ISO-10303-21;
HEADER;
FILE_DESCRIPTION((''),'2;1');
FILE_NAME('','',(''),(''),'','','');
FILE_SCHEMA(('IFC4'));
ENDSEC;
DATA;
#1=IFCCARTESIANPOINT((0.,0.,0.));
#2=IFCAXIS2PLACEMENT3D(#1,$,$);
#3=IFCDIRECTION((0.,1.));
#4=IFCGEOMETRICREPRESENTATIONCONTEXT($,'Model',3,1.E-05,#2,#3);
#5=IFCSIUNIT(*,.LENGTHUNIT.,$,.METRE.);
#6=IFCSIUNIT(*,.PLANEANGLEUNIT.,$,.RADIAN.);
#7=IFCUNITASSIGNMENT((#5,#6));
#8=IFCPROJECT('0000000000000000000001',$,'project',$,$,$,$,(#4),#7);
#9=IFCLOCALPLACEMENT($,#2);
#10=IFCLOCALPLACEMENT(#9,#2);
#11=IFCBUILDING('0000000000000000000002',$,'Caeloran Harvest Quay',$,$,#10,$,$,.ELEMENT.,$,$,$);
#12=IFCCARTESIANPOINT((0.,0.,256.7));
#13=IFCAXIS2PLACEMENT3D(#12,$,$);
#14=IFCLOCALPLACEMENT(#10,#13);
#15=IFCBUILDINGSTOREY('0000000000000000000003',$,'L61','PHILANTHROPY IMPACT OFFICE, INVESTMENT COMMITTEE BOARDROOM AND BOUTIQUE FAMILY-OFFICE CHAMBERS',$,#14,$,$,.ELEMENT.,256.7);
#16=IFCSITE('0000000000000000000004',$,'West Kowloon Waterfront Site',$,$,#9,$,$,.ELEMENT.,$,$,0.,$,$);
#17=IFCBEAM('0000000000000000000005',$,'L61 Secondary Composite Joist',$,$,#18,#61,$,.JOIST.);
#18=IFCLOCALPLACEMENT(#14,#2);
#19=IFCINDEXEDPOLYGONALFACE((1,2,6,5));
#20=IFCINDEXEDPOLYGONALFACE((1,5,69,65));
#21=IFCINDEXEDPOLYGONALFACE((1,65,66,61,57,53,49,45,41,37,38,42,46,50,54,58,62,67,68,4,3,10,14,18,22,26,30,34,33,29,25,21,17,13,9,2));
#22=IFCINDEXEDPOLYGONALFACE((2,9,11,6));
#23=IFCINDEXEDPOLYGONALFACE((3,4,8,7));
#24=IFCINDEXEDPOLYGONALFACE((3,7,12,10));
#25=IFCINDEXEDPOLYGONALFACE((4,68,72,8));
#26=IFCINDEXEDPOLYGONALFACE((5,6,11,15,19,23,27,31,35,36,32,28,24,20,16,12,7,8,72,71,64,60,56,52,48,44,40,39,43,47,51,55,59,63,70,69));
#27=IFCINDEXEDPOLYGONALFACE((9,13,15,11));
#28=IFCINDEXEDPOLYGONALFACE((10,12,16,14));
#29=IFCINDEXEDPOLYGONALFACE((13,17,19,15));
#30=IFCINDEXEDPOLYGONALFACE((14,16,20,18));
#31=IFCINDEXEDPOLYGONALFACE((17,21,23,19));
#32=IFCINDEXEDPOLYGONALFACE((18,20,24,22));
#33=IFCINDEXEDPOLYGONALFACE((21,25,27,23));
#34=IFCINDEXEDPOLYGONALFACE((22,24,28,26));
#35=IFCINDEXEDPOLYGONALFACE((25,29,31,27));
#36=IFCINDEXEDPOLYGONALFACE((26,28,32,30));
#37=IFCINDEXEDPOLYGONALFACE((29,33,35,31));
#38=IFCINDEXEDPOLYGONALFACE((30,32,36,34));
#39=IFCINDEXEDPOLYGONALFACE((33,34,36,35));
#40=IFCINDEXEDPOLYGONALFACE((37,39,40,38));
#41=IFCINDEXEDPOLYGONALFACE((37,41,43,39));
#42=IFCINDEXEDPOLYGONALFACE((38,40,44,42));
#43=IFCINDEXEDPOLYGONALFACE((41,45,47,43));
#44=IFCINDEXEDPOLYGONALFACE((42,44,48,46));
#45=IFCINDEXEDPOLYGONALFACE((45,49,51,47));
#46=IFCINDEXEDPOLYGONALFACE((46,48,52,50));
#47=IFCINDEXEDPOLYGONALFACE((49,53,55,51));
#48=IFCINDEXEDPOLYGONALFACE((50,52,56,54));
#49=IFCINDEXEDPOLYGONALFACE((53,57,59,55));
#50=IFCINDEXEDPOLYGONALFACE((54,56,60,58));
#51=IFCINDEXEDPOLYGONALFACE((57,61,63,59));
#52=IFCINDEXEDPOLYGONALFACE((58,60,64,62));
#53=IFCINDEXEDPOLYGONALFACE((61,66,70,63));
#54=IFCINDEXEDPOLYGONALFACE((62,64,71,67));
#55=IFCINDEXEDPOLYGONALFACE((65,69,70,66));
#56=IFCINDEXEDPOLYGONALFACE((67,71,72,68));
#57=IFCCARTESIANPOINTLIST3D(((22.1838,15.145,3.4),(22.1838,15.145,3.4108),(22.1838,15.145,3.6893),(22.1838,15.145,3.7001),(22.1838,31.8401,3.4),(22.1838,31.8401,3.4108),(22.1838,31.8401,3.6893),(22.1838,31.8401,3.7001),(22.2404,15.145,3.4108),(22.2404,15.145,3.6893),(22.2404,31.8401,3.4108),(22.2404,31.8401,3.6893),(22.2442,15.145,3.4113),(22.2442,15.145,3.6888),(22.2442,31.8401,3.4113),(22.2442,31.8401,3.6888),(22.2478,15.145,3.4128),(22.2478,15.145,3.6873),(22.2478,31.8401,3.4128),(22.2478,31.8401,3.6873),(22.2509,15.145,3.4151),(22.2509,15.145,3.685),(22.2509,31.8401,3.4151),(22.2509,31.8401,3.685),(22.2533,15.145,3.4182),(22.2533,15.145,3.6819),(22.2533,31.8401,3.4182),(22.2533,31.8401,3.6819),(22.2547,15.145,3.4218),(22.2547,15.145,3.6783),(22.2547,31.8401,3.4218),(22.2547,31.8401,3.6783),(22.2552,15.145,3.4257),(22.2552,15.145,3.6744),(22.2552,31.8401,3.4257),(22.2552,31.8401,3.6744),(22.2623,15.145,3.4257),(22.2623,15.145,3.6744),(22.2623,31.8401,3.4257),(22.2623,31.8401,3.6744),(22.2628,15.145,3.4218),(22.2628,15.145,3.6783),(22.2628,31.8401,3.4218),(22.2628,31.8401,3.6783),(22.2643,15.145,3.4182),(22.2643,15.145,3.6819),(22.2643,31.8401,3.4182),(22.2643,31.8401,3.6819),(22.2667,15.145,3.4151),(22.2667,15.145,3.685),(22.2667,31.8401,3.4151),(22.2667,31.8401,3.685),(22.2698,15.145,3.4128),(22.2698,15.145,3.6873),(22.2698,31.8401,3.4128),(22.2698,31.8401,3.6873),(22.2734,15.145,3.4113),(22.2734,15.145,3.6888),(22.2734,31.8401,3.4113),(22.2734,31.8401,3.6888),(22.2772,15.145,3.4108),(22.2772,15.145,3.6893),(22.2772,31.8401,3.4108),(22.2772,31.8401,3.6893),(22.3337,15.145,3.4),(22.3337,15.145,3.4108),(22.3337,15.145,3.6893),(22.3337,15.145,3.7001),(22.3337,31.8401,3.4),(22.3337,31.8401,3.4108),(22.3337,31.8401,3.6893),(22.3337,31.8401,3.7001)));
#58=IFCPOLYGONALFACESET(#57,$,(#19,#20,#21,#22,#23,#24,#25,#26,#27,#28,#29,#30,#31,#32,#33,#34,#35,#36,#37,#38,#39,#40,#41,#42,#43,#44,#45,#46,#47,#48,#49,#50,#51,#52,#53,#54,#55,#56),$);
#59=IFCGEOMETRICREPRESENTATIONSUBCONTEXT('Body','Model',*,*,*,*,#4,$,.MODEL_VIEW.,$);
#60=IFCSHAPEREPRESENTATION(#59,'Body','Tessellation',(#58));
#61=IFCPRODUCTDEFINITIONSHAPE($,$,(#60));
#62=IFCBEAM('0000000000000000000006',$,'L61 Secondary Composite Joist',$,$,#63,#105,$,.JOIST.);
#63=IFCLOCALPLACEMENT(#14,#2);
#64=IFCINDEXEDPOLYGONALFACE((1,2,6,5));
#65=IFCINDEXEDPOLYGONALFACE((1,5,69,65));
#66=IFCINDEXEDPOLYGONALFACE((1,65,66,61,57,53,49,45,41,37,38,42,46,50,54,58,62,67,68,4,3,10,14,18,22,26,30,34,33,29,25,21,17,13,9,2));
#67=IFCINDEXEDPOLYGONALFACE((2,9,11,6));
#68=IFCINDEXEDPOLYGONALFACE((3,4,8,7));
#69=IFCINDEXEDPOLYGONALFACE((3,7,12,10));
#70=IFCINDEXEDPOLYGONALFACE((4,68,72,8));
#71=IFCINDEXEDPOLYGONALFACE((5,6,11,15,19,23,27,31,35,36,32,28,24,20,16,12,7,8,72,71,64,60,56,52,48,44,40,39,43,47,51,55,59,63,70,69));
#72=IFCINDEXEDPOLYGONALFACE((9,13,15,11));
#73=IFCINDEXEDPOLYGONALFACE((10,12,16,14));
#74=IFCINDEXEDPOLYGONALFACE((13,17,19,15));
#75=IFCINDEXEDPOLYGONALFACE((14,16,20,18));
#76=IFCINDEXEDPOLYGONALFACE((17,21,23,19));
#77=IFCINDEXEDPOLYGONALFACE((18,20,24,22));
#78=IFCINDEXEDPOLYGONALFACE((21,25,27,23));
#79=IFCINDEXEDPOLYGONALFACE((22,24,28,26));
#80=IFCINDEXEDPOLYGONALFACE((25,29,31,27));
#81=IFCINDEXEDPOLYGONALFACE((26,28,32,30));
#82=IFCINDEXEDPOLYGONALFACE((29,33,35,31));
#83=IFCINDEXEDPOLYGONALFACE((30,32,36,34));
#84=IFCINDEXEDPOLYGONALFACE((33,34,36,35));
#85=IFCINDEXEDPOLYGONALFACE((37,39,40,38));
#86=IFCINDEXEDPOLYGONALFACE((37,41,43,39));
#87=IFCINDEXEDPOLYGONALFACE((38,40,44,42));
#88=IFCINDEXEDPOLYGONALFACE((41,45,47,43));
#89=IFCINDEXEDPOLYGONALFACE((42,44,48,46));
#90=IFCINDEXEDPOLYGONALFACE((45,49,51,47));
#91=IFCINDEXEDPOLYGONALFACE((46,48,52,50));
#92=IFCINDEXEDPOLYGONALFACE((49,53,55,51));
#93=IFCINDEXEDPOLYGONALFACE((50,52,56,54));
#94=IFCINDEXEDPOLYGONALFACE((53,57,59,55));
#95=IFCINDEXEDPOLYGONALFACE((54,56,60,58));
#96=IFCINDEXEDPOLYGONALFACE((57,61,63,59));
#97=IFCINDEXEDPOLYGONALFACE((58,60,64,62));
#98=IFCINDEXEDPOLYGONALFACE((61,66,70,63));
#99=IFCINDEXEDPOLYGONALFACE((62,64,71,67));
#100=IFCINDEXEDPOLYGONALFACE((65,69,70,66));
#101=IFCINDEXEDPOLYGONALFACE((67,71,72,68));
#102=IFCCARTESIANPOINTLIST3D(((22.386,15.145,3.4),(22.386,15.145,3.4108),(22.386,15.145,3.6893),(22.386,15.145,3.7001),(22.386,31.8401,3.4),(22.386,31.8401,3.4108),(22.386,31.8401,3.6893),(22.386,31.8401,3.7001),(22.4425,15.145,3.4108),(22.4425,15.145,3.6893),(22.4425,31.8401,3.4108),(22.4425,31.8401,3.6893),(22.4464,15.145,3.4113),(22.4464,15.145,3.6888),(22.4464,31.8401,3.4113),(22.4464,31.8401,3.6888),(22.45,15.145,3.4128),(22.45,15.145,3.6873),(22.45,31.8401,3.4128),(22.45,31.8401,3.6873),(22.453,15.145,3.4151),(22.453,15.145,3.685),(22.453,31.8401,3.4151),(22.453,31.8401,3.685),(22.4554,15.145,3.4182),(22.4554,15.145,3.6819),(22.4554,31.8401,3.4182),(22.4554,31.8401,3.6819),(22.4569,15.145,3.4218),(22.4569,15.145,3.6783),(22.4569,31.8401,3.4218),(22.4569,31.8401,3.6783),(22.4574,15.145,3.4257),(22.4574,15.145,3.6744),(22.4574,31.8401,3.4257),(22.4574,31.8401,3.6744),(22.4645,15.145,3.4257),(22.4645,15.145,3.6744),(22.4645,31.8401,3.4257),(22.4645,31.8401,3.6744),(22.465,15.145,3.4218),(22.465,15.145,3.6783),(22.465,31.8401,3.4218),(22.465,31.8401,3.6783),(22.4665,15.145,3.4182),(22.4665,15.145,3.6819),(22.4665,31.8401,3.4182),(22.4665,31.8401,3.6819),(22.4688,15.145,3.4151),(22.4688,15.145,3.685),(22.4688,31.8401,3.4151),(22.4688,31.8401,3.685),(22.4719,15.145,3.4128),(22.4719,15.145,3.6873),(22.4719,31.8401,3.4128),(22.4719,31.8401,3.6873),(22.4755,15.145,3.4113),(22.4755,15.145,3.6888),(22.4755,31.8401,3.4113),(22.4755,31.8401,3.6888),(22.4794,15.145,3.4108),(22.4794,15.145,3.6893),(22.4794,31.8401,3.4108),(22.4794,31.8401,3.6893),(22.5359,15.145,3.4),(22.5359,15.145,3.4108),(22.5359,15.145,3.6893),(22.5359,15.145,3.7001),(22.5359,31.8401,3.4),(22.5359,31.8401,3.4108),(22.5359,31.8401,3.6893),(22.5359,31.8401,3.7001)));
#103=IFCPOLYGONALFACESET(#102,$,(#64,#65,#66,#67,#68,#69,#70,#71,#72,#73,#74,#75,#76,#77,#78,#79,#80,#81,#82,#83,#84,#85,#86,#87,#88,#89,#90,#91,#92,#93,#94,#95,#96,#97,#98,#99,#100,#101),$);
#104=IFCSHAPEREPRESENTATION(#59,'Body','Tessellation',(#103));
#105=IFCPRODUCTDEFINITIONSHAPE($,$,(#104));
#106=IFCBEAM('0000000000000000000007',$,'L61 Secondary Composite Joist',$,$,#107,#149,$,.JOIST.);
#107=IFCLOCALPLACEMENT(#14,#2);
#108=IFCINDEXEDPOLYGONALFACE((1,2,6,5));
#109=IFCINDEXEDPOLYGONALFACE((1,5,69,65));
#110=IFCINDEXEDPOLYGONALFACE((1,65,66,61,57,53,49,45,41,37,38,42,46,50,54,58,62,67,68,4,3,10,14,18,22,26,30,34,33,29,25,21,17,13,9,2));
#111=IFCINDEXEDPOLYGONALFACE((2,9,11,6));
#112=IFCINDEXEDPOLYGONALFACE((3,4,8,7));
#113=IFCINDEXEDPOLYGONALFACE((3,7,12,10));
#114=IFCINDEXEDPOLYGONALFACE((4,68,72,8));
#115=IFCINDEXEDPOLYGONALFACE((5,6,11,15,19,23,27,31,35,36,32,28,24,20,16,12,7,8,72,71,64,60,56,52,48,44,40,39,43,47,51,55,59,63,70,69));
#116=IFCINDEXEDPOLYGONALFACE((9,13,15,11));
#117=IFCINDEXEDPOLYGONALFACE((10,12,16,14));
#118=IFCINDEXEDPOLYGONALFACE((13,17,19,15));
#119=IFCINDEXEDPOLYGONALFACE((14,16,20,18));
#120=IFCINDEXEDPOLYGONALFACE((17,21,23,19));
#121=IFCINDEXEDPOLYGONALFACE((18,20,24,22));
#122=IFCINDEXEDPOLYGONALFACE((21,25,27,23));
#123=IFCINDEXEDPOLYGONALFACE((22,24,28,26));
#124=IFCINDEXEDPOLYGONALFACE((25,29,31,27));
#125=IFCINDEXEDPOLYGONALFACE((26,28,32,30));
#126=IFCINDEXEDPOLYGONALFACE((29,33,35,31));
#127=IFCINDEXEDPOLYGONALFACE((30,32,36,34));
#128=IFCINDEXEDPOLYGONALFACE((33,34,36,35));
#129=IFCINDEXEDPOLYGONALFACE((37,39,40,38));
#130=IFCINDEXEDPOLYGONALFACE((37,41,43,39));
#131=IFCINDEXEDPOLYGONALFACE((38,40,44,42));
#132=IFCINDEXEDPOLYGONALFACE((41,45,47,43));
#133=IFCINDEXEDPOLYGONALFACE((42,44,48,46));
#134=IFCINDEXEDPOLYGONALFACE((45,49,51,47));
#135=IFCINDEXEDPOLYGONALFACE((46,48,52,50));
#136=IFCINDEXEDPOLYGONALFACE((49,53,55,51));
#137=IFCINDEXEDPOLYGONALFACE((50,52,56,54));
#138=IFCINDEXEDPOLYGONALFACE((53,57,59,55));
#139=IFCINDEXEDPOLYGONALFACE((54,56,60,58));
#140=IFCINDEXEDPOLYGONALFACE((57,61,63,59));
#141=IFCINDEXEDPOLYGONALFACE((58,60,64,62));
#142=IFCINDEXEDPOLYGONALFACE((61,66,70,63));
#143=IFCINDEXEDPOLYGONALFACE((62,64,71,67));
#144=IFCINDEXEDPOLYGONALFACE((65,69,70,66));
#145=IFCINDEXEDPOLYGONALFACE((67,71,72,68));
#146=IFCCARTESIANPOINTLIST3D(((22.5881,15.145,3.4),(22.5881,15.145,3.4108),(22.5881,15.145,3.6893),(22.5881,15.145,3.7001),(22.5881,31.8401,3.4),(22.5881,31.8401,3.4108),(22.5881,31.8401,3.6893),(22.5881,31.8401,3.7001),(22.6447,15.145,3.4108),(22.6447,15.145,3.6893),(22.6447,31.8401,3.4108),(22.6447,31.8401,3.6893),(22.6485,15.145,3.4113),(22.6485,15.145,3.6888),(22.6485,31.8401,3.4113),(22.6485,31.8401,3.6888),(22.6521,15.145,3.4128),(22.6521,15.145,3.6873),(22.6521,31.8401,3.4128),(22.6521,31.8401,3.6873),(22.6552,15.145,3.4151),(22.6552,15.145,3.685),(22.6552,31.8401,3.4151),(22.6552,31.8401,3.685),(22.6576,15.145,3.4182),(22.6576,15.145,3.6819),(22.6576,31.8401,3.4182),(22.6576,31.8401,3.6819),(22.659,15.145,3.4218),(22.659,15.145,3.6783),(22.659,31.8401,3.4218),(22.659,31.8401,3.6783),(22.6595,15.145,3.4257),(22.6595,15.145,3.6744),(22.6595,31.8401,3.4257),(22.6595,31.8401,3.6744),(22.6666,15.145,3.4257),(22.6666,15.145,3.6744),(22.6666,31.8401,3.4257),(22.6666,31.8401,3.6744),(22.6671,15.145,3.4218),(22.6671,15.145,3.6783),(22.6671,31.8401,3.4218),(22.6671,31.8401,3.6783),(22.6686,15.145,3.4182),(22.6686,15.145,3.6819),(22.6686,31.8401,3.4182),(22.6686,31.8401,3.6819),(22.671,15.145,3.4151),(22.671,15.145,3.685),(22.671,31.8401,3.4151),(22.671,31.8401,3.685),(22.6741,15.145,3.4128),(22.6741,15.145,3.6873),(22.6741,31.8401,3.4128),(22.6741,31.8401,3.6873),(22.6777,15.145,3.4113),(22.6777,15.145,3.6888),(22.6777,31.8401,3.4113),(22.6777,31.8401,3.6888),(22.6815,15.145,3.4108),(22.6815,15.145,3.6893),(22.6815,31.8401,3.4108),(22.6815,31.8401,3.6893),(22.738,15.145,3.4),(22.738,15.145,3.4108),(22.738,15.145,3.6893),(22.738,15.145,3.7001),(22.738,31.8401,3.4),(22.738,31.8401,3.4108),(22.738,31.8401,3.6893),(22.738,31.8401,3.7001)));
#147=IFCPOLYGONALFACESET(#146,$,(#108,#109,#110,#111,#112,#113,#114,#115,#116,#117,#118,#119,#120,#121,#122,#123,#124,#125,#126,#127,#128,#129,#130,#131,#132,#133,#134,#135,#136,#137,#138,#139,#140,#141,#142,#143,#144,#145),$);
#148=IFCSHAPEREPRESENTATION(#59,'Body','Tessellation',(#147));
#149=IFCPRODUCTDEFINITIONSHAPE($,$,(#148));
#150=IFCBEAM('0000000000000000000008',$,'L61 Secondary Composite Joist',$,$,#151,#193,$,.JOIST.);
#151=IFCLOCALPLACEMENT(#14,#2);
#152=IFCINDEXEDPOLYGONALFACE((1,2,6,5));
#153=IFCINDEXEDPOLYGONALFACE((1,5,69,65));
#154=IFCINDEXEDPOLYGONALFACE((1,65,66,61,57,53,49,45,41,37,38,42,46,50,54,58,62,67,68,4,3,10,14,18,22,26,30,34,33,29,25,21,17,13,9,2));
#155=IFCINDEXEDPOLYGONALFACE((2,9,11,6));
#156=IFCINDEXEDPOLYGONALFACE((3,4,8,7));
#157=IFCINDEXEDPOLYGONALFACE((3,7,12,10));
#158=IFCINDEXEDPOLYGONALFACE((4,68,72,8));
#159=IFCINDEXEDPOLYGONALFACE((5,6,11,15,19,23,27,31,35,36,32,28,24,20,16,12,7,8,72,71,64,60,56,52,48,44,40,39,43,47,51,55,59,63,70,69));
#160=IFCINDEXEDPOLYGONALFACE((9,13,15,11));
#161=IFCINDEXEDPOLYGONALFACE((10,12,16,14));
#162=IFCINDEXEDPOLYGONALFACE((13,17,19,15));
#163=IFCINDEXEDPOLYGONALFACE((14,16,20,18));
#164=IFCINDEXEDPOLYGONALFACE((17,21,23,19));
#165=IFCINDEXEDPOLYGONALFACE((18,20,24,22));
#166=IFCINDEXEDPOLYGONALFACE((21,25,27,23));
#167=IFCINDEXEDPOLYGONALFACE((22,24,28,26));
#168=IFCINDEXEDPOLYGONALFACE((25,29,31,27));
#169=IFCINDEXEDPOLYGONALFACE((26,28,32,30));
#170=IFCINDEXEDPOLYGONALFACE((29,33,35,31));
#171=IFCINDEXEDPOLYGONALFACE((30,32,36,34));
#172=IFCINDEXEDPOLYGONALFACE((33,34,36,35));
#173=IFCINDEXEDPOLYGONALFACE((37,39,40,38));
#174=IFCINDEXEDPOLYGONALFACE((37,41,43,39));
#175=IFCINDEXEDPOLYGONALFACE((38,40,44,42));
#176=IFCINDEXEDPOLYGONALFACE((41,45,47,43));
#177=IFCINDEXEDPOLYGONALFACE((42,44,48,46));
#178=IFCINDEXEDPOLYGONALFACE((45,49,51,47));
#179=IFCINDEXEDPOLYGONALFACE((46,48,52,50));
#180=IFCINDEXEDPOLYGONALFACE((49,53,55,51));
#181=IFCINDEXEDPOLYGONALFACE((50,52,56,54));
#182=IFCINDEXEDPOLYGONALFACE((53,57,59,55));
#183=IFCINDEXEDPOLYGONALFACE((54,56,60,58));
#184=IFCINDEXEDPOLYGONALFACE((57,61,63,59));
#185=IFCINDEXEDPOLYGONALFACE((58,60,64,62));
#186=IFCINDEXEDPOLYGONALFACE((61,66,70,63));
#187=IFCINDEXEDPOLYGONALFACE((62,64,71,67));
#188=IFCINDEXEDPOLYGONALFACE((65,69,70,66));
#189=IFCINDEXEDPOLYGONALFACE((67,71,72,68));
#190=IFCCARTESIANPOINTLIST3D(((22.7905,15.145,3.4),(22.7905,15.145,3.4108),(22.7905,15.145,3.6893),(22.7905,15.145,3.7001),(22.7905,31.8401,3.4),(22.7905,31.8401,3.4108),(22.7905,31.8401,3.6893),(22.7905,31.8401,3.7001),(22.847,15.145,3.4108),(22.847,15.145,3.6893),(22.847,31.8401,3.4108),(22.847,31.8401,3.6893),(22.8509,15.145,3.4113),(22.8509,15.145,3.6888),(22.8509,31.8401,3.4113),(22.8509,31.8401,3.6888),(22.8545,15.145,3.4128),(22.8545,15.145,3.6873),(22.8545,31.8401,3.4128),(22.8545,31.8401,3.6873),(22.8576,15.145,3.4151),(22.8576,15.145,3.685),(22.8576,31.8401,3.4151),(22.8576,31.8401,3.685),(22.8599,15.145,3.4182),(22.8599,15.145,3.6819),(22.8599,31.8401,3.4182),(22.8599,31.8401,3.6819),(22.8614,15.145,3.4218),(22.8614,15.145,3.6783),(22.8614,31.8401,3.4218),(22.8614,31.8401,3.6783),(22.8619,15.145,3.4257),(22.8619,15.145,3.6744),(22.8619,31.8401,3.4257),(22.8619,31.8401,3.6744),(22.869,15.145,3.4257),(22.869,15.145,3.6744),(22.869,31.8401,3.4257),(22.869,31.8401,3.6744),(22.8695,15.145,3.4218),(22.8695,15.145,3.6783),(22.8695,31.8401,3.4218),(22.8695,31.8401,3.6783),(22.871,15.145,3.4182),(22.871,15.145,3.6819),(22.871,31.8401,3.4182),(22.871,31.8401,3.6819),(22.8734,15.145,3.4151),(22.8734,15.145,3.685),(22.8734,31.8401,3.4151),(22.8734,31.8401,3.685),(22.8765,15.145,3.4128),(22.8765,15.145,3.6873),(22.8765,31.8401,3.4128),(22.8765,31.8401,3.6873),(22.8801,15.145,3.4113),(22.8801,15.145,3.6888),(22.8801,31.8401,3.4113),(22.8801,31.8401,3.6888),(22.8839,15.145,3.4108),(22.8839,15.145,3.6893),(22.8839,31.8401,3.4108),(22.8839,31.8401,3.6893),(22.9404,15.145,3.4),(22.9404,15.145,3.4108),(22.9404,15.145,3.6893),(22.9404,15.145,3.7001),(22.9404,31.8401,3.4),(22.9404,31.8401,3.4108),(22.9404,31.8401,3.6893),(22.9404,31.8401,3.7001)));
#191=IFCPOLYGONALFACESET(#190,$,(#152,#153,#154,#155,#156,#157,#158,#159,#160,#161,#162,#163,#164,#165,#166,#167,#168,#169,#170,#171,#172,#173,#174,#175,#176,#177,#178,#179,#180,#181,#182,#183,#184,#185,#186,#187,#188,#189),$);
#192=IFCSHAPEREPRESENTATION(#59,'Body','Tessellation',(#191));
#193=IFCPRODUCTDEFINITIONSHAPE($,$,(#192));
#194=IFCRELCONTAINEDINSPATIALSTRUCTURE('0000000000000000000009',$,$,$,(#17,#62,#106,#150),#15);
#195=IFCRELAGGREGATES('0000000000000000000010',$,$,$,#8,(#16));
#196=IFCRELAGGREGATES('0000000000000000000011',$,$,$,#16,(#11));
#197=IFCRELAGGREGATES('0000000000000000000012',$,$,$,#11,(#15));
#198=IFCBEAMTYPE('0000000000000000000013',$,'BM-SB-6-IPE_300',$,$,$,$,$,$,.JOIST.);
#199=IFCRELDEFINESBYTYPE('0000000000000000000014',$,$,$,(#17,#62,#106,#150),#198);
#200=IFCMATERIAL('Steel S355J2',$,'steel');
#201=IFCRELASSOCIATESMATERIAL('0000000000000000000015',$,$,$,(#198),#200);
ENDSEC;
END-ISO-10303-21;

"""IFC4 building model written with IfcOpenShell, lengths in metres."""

from ifc_helpers import new_model, si_unit, direction, frame, origin, origin_2d, place, context, subcontext, project, spatial, i_section, extrude, material, material_profile, profile_set, type_object, element, save


model = new_model("IFC4")

# Units and contexts
model_context = context("Model", 3, precision=1e-05, world=origin(), true_north=direction((0.0, 1.0)))
body_context = subcontext(model_context, "Body", "Model", "MODEL_VIEW")
ifc_project = project(units=[si_unit("LENGTHUNIT", "METRE"), si_unit("PLANEANGLEUNIT", "RADIAN")], contexts=[model_context])

# Site, building, storey
site_placement = place(None, origin())
site = spatial("IfcSite", under=ifc_project, at=site_placement, Name="West Kowloon Waterfront Site", CompositionType="ELEMENT", RefElevation=0.0)
building_placement = place(site_placement, origin())
building = spatial("IfcBuilding", under=site, at=building_placement, Name="Caeloran Harvest Quay", CompositionType="ELEMENT")
storey_placement = place(building_placement, frame((0.0, 0.0, 256.7)))
storey = spatial("IfcBuildingStorey", under=building, at=storey_placement, Name="L61", Description="PHILANTHROPY IMPACT OFFICE, INVESTMENT COMMITTEE BOARDROOM AND BOUTIQUE FAMILY-OFFICE CHAMBERS", CompositionType="ELEMENT", Elevation=256.7)

# Beams
ifc_material_1 = material(Name="Steel S355J2", Category="steel")
ifc_material_profile_1 = material_profile(ifc_material_1, i_section(OverallWidth=0.1499, OverallDepth=0.3, WebThickness=0.0071, FlangeThickness=0.0107, FilletRadius=0.0149, at=origin_2d()), Name="IPE 300")
ifc_profile_set_1 = profile_set([ifc_material_profile_1], Name="Steel S355J2")
beam_type_1 = type_object("IfcBeamType", Name="BM-SB-6-IPE_300", PredefinedType="JOIST", material=ifc_profile_set_1)
for number, where, z_axis, x_axis, name in (
    (1, (22.2588, 15.145, 3.55), (0.0, 1.0, 0.0), (-1.0, 0.0, 0.0), "L61 Secondary Composite Joist"),
    (2, (22.4609, 15.145, 3.55), (0.0, 1.0, 0.0), (-1.0, 0.0, 0.0), "L61 Secondary Composite Joist"),
    (3, (22.6631, 15.145, 3.55), (0.0, 1.0, 0.0), (-1.0, 0.0, 0.0), "L61 Secondary Composite Joist"),
    (4, (22.8655, 15.145, 3.55), (0.0, 1.0, 0.0), (-1.0, 0.0, 0.0), "L61 Secondary Composite Joist"),
):
    element("IfcBeam", number, at=place(storey_placement, frame(where, z_axis=z_axis, x_axis=x_axis)), inside=storey, type_object=beam_type_1, Name=name, PredefinedType="JOIST", context=body_context, shape_type="SweptSolid", body=[
        extrude(i_section(OverallWidth=0.1499, OverallDepth=0.3, WebThickness=0.0071, FlangeThickness=0.0107, FilletRadius=0.0149, at=origin_2d()), origin(), (0.0, 0.0, 1.0), 16.6951),
    ])

save(model, "model.ifc")
